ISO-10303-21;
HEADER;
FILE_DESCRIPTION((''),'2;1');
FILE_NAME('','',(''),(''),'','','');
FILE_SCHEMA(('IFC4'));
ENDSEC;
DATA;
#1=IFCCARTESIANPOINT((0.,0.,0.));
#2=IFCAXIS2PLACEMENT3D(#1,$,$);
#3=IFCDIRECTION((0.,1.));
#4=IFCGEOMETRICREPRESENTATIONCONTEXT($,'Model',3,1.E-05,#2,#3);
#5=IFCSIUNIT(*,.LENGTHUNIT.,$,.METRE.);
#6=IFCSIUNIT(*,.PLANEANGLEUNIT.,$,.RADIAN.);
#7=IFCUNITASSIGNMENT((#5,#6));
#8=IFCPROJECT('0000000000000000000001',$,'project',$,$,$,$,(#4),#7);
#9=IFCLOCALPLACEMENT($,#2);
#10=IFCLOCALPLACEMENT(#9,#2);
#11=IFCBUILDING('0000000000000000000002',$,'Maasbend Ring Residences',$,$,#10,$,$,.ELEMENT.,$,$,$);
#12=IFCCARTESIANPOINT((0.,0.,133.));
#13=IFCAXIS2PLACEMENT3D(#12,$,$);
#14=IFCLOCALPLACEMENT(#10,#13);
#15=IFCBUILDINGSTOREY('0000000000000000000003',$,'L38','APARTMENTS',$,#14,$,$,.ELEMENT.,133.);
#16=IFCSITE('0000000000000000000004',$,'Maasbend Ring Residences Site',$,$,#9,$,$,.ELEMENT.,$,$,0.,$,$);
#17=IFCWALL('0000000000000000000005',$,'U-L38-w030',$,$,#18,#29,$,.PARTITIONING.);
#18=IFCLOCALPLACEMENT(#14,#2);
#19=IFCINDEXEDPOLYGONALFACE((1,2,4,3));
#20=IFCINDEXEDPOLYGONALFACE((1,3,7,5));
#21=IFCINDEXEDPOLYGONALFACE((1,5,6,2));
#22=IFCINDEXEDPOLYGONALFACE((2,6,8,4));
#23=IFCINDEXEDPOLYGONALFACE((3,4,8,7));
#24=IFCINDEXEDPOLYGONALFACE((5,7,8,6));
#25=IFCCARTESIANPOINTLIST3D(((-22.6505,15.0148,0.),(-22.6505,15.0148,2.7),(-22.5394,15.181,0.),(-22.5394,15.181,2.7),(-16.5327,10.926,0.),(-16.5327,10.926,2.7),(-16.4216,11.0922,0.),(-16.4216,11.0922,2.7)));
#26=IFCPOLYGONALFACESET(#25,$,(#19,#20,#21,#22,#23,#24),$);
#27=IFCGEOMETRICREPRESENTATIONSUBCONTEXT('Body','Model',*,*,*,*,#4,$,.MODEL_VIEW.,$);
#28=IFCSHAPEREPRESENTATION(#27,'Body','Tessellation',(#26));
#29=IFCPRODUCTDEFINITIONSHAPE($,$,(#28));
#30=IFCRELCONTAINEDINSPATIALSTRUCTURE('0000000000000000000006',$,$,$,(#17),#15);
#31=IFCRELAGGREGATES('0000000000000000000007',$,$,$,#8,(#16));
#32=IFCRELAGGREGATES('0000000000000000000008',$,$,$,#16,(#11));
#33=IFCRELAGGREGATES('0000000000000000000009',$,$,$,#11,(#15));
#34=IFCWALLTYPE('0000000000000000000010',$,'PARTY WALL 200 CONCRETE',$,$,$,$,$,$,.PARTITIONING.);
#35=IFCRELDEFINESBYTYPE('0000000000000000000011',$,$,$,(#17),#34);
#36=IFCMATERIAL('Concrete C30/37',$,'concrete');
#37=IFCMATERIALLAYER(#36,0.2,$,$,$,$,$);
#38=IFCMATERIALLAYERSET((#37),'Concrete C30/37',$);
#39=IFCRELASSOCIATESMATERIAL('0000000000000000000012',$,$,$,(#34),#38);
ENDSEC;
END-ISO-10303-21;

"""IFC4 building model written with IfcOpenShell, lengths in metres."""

from ifc_helpers import new_model, si_unit, direction, frame, frame_2d, origin, place, context, subcontext, project, spatial, rectangle, extrude, material, layer, layer_set, type_object, element, save


model = new_model("IFC4")

# Units and contexts
model_context = context("Model", 3, precision=1e-05, world=origin(), true_north=direction((0.0, 1.0)))
body_context = subcontext(model_context, "Body", "Model", "MODEL_VIEW")
ifc_project = project(units=[si_unit("LENGTHUNIT", "METRE"), si_unit("PLANEANGLEUNIT", "RADIAN")], contexts=[model_context])

# Site, building, storey
site_placement = place(None, origin())
site = spatial("IfcSite", under=ifc_project, at=site_placement, Name="Maasbend Ring Residences Site", CompositionType="ELEMENT", RefElevation=0.0)
building_placement = place(site_placement, origin())
building = spatial("IfcBuilding", under=site, at=building_placement, Name="Maasbend Ring Residences", CompositionType="ELEMENT")
storey_placement = place(building_placement, frame((0.0, 0.0, 133.0)))
storey = spatial("IfcBuildingStorey", under=building, at=storey_placement, Name="L38", Description="APARTMENTS", CompositionType="ELEMENT", Elevation=133.0)

# Wall
ifc_material_1 = material(Name="Concrete C30/37", Category="concrete")
ifc_layer_1 = layer(ifc_material_1, 0.2)
ifc_layer_set_1 = layer_set([ifc_layer_1], Name="Concrete C30/37")
wall_type_1 = type_object("IfcWallType", Name="PARTY WALL 200 CONCRETE", PredefinedType="PARTITIONING", material=ifc_layer_set_1)
wall_1_placement = place(storey_placement, frame((-22.595, 15.0979, 0.0), z_axis=(0.0, 0.0, 1.0), x_axis=(0.831407, -0.555665, 0.0)))
element("IfcWall", 1, at=wall_1_placement, inside=storey, type_object=wall_type_1, Name="U-L38-w030", PredefinedType="PARTITIONING", context=body_context, shape_type="SweptSolid", body=[
    extrude(rectangle(XDim=7.3584, YDim=0.2, at=frame_2d((3.6792, 0.0))), origin(), (0.0, 0.0, 1.0), 2.7),
])

save(model, "model.ifc")
